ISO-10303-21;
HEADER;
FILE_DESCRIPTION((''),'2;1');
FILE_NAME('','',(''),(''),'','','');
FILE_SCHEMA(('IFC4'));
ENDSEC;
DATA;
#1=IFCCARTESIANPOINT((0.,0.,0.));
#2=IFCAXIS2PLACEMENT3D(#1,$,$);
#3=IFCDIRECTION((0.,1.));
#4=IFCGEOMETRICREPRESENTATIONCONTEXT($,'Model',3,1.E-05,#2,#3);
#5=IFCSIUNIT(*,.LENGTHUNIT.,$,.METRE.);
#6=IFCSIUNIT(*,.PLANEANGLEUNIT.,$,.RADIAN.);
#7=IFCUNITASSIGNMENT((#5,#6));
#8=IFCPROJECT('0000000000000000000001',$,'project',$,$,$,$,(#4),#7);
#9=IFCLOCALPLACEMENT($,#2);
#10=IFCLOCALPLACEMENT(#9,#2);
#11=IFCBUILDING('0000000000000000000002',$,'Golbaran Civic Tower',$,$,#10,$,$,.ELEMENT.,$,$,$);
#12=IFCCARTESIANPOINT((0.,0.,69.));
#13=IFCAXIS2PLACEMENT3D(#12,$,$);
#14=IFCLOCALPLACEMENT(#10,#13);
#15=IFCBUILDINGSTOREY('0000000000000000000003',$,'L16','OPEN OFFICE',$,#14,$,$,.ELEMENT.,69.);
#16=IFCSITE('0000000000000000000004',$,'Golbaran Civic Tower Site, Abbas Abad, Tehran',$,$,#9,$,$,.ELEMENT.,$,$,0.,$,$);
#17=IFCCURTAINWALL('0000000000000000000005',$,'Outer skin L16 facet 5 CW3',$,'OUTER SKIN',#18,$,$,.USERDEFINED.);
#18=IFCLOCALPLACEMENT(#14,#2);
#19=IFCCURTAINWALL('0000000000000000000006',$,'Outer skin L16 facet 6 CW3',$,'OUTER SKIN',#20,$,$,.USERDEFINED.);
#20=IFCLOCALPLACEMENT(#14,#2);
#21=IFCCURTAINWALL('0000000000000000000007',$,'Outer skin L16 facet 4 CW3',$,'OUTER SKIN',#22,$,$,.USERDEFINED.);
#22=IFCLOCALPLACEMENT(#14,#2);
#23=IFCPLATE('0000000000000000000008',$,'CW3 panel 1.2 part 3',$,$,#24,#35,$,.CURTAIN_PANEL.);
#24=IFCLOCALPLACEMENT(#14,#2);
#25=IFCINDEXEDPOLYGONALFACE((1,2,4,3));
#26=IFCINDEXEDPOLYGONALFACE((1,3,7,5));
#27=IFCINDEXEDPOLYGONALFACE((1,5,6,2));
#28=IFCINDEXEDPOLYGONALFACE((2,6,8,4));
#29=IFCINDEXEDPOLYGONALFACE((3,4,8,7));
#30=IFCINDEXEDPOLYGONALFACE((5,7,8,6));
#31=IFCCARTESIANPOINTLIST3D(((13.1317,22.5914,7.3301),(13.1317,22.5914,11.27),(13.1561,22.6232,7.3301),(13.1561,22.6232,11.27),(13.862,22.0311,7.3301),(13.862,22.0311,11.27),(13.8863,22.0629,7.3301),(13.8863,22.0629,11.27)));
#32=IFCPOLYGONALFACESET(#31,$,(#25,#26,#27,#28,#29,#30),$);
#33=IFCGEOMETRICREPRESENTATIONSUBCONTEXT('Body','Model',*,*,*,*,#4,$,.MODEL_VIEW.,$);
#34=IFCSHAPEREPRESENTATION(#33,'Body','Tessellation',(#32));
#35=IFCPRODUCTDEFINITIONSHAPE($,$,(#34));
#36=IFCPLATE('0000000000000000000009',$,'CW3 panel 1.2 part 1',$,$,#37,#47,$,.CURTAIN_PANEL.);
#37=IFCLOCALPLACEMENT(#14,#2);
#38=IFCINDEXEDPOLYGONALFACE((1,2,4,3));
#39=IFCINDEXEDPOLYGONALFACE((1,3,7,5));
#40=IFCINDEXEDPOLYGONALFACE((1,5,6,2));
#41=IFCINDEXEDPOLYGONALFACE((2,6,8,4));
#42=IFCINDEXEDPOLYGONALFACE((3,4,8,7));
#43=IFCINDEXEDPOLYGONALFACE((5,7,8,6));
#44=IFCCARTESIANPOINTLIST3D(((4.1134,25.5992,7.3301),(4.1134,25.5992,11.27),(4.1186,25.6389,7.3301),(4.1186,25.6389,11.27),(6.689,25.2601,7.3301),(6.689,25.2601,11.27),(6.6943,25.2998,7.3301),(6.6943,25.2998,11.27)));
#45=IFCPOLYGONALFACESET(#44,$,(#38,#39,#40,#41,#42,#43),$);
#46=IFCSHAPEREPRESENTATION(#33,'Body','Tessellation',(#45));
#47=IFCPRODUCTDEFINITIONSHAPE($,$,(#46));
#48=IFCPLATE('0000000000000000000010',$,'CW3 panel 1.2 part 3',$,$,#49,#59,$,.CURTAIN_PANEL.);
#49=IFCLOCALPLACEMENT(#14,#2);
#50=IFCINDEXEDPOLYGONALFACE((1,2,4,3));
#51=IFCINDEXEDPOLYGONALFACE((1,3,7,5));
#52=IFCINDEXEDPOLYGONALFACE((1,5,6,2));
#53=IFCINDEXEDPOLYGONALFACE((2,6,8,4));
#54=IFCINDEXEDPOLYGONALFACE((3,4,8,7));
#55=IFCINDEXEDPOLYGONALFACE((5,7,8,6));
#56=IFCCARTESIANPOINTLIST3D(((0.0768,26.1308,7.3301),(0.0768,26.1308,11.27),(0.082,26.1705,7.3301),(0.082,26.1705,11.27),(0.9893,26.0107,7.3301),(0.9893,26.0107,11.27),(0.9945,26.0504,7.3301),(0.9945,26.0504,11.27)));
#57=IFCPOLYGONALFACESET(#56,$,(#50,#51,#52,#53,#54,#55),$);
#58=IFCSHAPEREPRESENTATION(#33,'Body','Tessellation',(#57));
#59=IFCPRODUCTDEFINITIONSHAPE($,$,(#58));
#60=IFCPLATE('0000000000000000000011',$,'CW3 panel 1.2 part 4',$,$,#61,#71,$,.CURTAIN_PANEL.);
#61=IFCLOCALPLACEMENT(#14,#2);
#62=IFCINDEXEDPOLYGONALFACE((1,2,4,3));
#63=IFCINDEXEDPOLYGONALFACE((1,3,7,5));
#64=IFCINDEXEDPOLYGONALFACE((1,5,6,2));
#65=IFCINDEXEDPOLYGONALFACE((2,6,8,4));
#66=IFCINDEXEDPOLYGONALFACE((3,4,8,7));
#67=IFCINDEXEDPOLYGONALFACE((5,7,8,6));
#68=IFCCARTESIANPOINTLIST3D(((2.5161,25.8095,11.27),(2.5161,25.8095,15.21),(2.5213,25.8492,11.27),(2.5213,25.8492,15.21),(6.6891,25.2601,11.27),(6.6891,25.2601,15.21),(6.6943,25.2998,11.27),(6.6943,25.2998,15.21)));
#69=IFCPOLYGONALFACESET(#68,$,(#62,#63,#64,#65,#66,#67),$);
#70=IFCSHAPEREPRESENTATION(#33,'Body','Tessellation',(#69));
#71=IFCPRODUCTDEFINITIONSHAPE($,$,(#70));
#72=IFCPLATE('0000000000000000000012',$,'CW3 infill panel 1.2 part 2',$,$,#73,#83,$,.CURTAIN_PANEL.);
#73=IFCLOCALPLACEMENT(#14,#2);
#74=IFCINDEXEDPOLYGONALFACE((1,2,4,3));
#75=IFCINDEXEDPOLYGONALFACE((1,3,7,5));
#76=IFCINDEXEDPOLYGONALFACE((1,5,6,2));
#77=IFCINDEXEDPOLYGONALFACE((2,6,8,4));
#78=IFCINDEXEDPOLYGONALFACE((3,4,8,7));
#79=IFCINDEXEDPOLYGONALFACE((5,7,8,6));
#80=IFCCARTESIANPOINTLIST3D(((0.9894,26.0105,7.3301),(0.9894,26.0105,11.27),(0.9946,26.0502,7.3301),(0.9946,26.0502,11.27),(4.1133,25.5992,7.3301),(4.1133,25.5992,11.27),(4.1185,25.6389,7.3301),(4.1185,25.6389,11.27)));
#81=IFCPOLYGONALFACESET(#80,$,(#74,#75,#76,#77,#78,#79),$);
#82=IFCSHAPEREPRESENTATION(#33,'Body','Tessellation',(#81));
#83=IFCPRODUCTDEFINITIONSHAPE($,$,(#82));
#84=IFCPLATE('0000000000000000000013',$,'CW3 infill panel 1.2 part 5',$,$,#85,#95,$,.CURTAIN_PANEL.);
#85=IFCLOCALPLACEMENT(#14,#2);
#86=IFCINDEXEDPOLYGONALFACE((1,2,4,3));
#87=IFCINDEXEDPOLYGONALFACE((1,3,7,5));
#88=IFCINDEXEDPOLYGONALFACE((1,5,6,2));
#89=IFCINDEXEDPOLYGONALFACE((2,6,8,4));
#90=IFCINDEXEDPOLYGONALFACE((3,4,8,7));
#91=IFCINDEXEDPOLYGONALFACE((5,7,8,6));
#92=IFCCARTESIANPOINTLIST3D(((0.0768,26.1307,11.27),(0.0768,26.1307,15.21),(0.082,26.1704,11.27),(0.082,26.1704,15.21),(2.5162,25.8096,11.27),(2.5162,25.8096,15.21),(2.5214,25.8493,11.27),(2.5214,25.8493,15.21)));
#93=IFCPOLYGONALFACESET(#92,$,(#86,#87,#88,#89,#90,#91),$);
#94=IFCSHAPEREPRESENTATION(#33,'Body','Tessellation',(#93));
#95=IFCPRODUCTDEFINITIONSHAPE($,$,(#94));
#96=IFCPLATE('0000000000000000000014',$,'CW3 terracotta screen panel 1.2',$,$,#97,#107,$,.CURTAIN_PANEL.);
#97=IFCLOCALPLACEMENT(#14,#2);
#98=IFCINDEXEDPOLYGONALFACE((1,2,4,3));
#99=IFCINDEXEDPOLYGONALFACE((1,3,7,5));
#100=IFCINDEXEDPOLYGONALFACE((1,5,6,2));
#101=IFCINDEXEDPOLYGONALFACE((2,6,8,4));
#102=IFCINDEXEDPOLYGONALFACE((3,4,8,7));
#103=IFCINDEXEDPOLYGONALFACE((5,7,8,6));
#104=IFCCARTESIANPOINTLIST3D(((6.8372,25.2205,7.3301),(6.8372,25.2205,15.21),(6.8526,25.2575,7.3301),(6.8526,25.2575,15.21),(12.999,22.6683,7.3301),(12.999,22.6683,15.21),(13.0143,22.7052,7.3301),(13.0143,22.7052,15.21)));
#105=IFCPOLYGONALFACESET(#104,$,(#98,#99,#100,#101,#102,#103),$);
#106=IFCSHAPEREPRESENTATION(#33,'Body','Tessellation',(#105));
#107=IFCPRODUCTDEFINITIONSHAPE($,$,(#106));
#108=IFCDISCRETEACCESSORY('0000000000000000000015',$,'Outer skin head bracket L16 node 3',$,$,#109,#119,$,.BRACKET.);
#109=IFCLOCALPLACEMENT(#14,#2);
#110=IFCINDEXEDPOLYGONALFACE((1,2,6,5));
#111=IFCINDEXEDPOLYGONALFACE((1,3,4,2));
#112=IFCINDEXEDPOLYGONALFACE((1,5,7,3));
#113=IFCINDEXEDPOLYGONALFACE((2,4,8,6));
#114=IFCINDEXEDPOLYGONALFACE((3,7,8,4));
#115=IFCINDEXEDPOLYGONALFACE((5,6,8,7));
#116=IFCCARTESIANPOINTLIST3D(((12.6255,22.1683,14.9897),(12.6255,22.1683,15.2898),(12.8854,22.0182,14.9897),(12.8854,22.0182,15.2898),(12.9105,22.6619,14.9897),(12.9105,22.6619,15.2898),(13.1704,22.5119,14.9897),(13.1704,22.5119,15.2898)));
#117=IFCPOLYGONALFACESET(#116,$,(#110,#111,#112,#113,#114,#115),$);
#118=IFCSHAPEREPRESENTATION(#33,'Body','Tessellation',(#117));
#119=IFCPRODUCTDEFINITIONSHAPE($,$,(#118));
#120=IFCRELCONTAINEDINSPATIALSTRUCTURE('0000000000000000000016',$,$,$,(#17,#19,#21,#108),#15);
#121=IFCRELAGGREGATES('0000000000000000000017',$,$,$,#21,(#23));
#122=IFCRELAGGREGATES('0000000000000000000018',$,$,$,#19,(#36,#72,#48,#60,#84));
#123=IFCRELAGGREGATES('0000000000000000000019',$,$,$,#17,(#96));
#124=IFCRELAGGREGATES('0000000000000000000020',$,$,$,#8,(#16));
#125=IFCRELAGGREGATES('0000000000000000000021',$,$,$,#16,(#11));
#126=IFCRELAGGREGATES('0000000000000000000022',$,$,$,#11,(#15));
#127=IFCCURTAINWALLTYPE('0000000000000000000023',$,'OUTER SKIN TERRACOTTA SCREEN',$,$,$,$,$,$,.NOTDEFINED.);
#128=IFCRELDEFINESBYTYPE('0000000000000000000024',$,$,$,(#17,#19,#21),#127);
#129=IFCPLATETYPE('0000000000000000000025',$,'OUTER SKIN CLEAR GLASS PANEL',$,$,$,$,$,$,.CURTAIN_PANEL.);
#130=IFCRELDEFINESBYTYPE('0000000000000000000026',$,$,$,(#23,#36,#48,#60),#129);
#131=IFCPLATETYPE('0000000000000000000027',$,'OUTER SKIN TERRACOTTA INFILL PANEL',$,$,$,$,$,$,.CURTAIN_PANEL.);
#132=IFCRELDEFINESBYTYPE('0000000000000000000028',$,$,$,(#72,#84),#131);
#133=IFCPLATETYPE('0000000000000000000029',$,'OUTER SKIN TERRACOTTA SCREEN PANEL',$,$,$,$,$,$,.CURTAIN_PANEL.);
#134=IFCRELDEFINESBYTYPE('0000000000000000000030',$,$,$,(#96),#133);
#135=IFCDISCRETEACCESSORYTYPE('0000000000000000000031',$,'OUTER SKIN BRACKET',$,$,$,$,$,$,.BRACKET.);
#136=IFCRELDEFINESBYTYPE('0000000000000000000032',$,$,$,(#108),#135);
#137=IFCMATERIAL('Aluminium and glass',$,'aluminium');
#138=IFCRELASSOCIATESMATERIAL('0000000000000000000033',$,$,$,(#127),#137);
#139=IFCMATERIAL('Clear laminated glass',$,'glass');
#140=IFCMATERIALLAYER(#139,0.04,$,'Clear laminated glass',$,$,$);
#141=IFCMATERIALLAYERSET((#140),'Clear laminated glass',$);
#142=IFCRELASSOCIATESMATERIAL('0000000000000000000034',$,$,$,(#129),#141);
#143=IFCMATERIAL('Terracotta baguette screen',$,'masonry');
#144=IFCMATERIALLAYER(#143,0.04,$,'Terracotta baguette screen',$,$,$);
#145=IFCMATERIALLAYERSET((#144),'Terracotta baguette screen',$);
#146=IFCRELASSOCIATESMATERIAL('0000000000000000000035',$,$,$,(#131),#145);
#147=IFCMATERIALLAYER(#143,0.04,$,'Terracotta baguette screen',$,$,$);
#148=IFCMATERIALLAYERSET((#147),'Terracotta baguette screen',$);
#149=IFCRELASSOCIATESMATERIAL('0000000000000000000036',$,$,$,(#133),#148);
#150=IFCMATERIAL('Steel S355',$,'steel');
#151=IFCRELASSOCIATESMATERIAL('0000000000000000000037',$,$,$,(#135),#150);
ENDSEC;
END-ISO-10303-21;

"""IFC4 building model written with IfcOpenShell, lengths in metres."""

from ifc_helpers import new_model, si_unit, direction, frame, origin, origin_2d, place, context, subcontext, project, spatial, rectangle, extrude, material, layer, layer_set, type_object, element, aggregate, save


model = new_model("IFC4")

# Units and contexts
model_context = context("Model", 3, precision=1e-05, world=origin(), true_north=direction((0.0, 1.0)))
body_context = subcontext(model_context, "Body", "Model", "MODEL_VIEW")
ifc_project = project(units=[si_unit("LENGTHUNIT", "METRE"), si_unit("PLANEANGLEUNIT", "RADIAN")], contexts=[model_context])

# Site, building, storey
site_placement = place(None, origin())
site = spatial("IfcSite", under=ifc_project, at=site_placement, Name="Golbaran Civic Tower Site, Abbas Abad, Tehran", CompositionType="ELEMENT", RefElevation=0.0)
building_placement = place(site_placement, origin())
building = spatial("IfcBuilding", under=site, at=building_placement, Name="Golbaran Civic Tower", CompositionType="ELEMENT")
storey_placement = place(building_placement, frame((0.0, 0.0, 69.0)))
storey = spatial("IfcBuildingStorey", under=building, at=storey_placement, Name="L16", Description="OPEN OFFICE", CompositionType="ELEMENT", Elevation=69.0)

# Curtain walls
ifc_material_1 = material(Name="Aluminium and glass", Category="aluminium")
curtain_wall_type_1 = type_object("IfcCurtainWallType", Name="OUTER SKIN TERRACOTTA SCREEN", PredefinedType="NOTDEFINED", material=ifc_material_1)
curtain_wall_1_placement = place(storey_placement, origin())
curtain_wall_1 = element("IfcCurtainWall", 1, at=curtain_wall_1_placement, inside=storey, type_object=curtain_wall_type_1, Name="Outer skin L16 facet 5 CW3", ObjectType="OUTER SKIN", PredefinedType="USERDEFINED")
curtain_wall_2_placement = place(storey_placement, origin())
curtain_wall_2 = element("IfcCurtainWall", 2, at=curtain_wall_2_placement, inside=storey, type_object=curtain_wall_type_1, Name="Outer skin L16 facet 6 CW3", ObjectType="OUTER SKIN", PredefinedType="USERDEFINED")

# Curtain wall, plate
curtain_wall_3_placement = place(storey_placement, origin())
curtain_wall_3 = element("IfcCurtainWall", 3, at=curtain_wall_3_placement, inside=storey, type_object=curtain_wall_type_1, Name="Outer skin L16 facet 4 CW3", ObjectType="OUTER SKIN", PredefinedType="USERDEFINED")
ifc_material_2 = material(Name="Clear laminated glass", Category="glass")
ifc_layer_1 = layer(ifc_material_2, 0.04, Name="Clear laminated glass")
ifc_layer_set_1 = layer_set([ifc_layer_1], Name="Clear laminated glass")
plate_type_1 = type_object("IfcPlateType", Name="OUTER SKIN CLEAR GLASS PANEL", PredefinedType="CURTAIN_PANEL", material=ifc_layer_set_1)
plate_1_placement = place(storey_placement, frame((13.509, 22.3271, 7.3301), z_axis=(0.0, 0.0, 1.0), x_axis=(-0.793353, 0.608761, 0.0)))
plate_1 = element("IfcPlate", 4, at=plate_1_placement, type_object=plate_type_1, Name="CW3 panel 1.2 part 3", PredefinedType="CURTAIN_PANEL", context=body_context, shape_type="SweptSolid", body=[
    extrude(rectangle(XDim=0.9204, YDim=0.04, at=origin_2d()), origin(), (0.0, 0.0, 1.0), 3.9399),
])
aggregate(curtain_wall_3, [plate_1])

# Plates
plate_2_placement = place(storey_placement, frame((5.4038, 25.4495, 7.3301), z_axis=(0.0, 0.0, 1.0), x_axis=(-0.991445, 0.130526, 0.0)))
plate_2 = element("IfcPlate", 5, at=plate_2_placement, type_object=plate_type_1, Name="CW3 panel 1.2 part 1", PredefinedType="CURTAIN_PANEL", context=body_context, shape_type="SweptSolid", body=[
    extrude(rectangle(XDim=2.5979, YDim=0.04, at=origin_2d()), origin(), (0.0, 0.0, 1.0), 3.9399),
])
plate_3_placement = place(storey_placement, frame((0.5356, 26.0906, 7.3301), z_axis=(0.0, 0.0, 1.0), x_axis=(-0.991445, 0.130526, 0.0)))
plate_3 = element("IfcPlate", 6, at=plate_3_placement, type_object=plate_type_1, Name="CW3 panel 1.2 part 3", PredefinedType="CURTAIN_PANEL", context=body_context, shape_type="SweptSolid", body=[
    extrude(rectangle(XDim=0.9204, YDim=0.04, at=origin_2d()), origin(), (0.0, 0.0, 1.0), 3.9399),
])
plate_4_placement = place(storey_placement, frame((4.6052, 25.5547, 11.27), z_axis=(0.0, 0.0, 1.0), x_axis=(-0.991445, 0.130526, 0.0)))
plate_4 = element("IfcPlate", 7, at=plate_4_placement, type_object=plate_type_1, Name="CW3 panel 1.2 part 4", PredefinedType="CURTAIN_PANEL", context=body_context, shape_type="SweptSolid", body=[
    extrude(rectangle(XDim=4.209, YDim=0.04, at=origin_2d()), origin(), (0.0, 0.0, 1.0), 3.9399),
])
ifc_material_3 = material(Name="Terracotta baguette screen", Category="masonry")
ifc_layer_2 = layer(ifc_material_3, 0.04, Name="Terracotta baguette screen")
ifc_layer_set_2 = layer_set([ifc_layer_2], Name="Terracotta baguette screen")
plate_type_2 = type_object("IfcPlateType", Name="OUTER SKIN TERRACOTTA INFILL PANEL", PredefinedType="CURTAIN_PANEL", material=ifc_layer_set_2)
plate_5_placement = place(storey_placement, frame((2.554, 25.8247, 7.3301), z_axis=(0.0, 0.0, 1.0), x_axis=(-0.991445, 0.130526, 0.0)))
plate_5 = element("IfcPlate", 8, at=plate_5_placement, type_object=plate_type_2, Name="CW3 infill panel 1.2 part 2", PredefinedType="CURTAIN_PANEL", context=body_context, shape_type="SweptSolid", body=[
    extrude(rectangle(XDim=3.1509, YDim=0.04, at=origin_2d()), origin(), (0.0, 0.0, 1.0), 3.9399),
])
plate_6_placement = place(storey_placement, frame((1.2991, 25.99, 11.27), z_axis=(0.0, 0.0, 1.0), x_axis=(-0.991445, 0.130526, 0.0)))
plate_6 = element("IfcPlate", 9, at=plate_6_placement, type_object=plate_type_2, Name="CW3 infill panel 1.2 part 5", PredefinedType="CURTAIN_PANEL", context=body_context, shape_type="SweptSolid", body=[
    extrude(rectangle(XDim=2.4604, YDim=0.04, at=origin_2d()), origin(), (0.0, 0.0, 1.0), 3.9399),
])
aggregate(curtain_wall_2, [plate_2, plate_5, plate_3, plate_4, plate_6])
ifc_layer_3 = layer(ifc_material_3, 0.04, Name="Terracotta baguette screen")
ifc_layer_set_3 = layer_set([ifc_layer_3], Name="Terracotta baguette screen")
plate_type_3 = type_object("IfcPlateType", Name="OUTER SKIN TERRACOTTA SCREEN PANEL", PredefinedType="CURTAIN_PANEL", material=ifc_layer_set_3)
plate_7_placement = place(storey_placement, frame((9.9258, 23.9629, 7.3301), z_axis=(0.0, 0.0, 1.0), x_axis=(-0.92388, 0.382683, 0.0)))
plate_7 = element("IfcPlate", 10, at=plate_7_placement, type_object=plate_type_3, Name="CW3 terracotta screen panel 1.2", PredefinedType="CURTAIN_PANEL", context=body_context, shape_type="SweptSolid", body=[
    extrude(rectangle(XDim=6.6694, YDim=0.04, at=origin_2d()), origin(), (0.0, 0.0, 1.0), 7.8799),
])
aggregate(curtain_wall_1, [plate_7])

# Discrete accessory
ifc_material_4 = material(Name="Steel S355", Category="steel")
discrete_accessory_type = type_object("IfcDiscreteAccessoryType", Name="OUTER SKIN BRACKET", PredefinedType="BRACKET", material=ifc_material_4)
discrete_accessory_placement = place(storey_placement, frame((12.8979, 22.3401, 14.9897), z_axis=(0.0, 0.0, 1.0), x_axis=(0.5, 0.866025, 0.0)))
element("IfcDiscreteAccessory", 11, at=discrete_accessory_placement, inside=storey, type_object=discrete_accessory_type, Name="Outer skin head bracket L16 node 3", PredefinedType="BRACKET", context=body_context, shape_type="SweptSolid", body=[
    extrude(rectangle(XDim=0.5701, YDim=0.3, at=origin_2d()), origin(), (0.0, 0.0, 1.0), 0.3),
])

save(model, "model.ifc")
